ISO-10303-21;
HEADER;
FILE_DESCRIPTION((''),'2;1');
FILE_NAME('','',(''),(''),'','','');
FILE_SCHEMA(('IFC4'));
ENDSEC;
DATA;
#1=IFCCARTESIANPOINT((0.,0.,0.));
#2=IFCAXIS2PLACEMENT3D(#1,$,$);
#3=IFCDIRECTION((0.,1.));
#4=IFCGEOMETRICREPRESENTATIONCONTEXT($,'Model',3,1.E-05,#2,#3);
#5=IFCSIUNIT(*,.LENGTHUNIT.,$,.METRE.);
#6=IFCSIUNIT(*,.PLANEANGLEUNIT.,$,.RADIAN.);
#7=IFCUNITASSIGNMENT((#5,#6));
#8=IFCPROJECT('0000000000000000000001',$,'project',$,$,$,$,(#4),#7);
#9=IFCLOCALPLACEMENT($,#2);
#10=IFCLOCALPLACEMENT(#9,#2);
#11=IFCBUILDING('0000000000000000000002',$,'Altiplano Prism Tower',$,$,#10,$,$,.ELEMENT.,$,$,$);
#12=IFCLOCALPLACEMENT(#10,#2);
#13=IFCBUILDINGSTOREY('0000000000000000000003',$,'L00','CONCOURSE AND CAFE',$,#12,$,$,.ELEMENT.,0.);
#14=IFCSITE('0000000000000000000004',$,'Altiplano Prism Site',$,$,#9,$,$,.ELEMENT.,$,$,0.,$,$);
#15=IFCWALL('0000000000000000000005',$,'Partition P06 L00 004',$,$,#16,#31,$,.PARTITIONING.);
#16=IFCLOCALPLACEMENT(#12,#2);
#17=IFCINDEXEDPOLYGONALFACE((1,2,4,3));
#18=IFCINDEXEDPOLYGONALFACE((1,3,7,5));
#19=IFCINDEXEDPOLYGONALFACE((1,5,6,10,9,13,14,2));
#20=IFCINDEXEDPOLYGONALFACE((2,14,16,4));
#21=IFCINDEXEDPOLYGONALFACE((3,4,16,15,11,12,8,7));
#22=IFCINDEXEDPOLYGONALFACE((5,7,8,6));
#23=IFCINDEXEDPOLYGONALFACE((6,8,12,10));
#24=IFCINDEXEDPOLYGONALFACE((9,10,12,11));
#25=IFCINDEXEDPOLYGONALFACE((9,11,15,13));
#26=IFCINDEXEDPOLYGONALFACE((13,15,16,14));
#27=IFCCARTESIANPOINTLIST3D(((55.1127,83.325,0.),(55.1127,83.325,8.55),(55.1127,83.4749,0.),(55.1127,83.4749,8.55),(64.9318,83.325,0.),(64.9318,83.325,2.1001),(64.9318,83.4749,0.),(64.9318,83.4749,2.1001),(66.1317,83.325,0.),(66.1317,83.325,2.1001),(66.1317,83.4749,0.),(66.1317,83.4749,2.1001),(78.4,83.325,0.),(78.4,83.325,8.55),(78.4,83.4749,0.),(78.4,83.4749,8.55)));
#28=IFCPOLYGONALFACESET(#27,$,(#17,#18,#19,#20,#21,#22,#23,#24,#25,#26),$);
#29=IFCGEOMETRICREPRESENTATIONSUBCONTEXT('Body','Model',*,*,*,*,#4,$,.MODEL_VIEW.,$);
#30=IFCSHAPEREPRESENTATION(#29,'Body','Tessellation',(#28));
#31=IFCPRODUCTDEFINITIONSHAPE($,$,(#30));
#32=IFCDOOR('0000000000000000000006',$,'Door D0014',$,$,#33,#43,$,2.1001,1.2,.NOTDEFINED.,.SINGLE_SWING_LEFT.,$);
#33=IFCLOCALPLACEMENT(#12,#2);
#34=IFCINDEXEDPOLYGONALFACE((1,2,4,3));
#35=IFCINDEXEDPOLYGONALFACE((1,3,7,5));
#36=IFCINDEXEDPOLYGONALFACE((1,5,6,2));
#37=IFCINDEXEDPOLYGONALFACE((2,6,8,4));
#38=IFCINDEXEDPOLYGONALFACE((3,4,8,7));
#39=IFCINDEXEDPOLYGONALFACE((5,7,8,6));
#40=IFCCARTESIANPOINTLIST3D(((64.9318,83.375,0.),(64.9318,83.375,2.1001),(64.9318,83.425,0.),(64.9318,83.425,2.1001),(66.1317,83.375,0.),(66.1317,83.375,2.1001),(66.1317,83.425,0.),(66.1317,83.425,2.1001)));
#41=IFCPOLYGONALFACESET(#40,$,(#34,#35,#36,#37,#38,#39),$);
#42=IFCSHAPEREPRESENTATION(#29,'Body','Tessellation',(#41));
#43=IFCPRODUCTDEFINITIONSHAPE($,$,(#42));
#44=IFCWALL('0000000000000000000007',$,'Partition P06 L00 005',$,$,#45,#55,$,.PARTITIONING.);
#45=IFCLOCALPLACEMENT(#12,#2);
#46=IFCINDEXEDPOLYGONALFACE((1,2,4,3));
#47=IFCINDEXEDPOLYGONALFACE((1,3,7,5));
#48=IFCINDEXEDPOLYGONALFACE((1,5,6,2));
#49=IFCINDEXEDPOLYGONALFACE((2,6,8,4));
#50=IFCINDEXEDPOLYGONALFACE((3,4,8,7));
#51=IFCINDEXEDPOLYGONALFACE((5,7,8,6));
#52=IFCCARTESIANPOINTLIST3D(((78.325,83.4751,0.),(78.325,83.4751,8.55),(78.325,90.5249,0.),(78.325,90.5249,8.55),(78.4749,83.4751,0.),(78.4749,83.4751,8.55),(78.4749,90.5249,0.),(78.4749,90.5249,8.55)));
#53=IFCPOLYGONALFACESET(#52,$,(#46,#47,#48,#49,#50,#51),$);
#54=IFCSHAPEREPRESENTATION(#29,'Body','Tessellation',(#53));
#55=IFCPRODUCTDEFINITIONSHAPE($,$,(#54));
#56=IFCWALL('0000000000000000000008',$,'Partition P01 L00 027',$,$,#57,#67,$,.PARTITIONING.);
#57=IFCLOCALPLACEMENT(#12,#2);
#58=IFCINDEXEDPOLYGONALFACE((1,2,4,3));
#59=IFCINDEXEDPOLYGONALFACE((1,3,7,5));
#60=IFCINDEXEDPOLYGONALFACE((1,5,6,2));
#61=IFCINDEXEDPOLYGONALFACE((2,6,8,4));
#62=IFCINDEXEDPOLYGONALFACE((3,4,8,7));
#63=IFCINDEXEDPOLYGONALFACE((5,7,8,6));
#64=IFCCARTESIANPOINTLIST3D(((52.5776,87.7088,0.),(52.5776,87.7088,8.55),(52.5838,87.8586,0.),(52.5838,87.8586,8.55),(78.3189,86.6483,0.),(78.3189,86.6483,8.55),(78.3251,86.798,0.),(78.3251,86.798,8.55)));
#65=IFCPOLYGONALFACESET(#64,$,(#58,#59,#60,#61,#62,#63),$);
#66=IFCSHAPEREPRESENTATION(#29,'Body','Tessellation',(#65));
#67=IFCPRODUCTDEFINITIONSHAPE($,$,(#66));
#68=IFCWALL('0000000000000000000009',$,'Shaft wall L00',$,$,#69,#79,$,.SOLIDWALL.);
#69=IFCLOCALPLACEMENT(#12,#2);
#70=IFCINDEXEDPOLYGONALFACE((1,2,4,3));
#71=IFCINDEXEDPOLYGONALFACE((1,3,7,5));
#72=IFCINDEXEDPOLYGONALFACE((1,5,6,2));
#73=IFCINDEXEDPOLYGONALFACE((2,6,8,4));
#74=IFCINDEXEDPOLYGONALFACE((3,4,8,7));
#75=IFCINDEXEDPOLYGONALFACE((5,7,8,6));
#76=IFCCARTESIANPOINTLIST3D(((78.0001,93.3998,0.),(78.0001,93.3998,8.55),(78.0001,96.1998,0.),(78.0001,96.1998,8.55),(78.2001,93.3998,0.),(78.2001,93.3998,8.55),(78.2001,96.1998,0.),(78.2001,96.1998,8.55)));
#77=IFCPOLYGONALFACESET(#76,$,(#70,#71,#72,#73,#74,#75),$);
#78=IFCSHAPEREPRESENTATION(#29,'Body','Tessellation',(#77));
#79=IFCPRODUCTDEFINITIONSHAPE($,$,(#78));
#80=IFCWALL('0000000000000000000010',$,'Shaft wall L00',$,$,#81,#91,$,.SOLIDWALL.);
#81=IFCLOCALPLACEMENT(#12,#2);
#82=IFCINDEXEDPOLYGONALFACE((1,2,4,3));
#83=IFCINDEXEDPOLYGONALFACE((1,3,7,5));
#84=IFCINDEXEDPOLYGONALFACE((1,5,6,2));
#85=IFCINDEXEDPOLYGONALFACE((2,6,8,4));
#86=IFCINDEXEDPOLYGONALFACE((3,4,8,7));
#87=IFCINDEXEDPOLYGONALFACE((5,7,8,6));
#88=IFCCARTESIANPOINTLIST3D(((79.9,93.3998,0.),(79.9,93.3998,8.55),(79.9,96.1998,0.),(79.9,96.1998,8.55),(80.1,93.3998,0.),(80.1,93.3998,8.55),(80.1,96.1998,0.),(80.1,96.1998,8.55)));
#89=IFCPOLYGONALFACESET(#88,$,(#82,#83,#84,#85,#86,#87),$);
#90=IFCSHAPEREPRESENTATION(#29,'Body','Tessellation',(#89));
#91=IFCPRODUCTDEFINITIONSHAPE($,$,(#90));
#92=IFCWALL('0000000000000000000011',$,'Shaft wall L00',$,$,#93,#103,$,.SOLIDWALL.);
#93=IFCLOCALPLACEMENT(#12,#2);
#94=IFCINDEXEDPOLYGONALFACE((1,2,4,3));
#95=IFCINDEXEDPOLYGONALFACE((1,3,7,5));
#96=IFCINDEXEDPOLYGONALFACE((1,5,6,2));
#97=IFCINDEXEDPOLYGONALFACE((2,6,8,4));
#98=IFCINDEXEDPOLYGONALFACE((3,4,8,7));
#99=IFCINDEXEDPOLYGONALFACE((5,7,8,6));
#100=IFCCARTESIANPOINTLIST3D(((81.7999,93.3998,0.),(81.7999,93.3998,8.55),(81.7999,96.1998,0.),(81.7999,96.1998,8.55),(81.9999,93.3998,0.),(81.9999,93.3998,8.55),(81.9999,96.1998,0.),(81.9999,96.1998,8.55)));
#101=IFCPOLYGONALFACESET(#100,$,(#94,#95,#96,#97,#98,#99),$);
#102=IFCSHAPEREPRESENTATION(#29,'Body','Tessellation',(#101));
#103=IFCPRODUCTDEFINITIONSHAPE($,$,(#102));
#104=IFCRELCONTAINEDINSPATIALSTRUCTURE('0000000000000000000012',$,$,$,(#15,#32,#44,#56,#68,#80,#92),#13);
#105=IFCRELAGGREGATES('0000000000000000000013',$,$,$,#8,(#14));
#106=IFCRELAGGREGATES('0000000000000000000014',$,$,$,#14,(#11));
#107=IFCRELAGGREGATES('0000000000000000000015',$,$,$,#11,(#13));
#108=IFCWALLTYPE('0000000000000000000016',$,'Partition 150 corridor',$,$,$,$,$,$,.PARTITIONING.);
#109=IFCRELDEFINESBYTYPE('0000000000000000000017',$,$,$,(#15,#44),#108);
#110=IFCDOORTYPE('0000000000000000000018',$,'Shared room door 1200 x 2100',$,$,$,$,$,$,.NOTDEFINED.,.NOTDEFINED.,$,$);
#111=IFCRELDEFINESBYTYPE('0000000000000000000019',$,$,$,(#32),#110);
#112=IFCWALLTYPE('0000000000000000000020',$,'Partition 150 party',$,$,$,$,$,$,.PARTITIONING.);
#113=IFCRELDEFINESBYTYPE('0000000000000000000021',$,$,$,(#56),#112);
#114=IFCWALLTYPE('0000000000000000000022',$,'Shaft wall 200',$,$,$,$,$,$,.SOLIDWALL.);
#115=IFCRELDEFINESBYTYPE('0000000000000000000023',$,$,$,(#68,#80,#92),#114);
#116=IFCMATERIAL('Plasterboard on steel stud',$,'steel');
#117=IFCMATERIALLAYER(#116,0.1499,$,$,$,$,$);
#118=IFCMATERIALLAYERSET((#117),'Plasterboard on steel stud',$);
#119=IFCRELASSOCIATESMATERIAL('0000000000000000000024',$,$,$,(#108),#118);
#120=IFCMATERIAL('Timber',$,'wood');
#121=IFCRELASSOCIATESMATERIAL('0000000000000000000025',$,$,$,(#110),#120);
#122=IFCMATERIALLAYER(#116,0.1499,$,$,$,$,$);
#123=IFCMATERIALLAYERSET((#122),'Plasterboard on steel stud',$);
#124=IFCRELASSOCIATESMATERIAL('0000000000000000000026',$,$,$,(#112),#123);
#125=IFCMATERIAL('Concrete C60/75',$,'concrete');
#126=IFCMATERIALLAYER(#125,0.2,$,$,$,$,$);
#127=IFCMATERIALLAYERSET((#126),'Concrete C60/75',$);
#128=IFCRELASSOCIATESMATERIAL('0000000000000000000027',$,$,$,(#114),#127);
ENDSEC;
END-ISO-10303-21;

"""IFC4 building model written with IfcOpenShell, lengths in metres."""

from ifc_helpers import new_model, si_unit, direction, frame, frame_2d, origin, place, context, subcontext, project, spatial, rectangle, extrude, material, layer, layer_set, type_object, element, fill, save


model = new_model("IFC4")

# Units and contexts
model_context = context("Model", 3, precision=1e-05, world=origin(), true_north=direction((0.0, 1.0)))
body_context = subcontext(model_context, "Body", "Model", "MODEL_VIEW")
ifc_project = project(units=[si_unit("LENGTHUNIT", "METRE"), si_unit("PLANEANGLEUNIT", "RADIAN")], contexts=[model_context])

# Site, building, storey
site_placement = place(None, origin())
site = spatial("IfcSite", under=ifc_project, at=site_placement, Name="Altiplano Prism Site", CompositionType="ELEMENT", RefElevation=0.0)
building_placement = place(site_placement, origin())
building = spatial("IfcBuilding", under=site, at=building_placement, Name="Altiplano Prism Tower", CompositionType="ELEMENT")
storey_placement = place(building_placement, origin())
storey = spatial("IfcBuildingStorey", under=building, at=storey_placement, Name="L00", Description="CONCOURSE AND CAFE", CompositionType="ELEMENT", Elevation=0.0)

# Wall, opening, door
ifc_material_1 = material(Name="Plasterboard on steel stud", Category="steel")
ifc_layer_1 = layer(ifc_material_1, 0.1499)
ifc_layer_set_1 = layer_set([ifc_layer_1], Name="Plasterboard on steel stud")
wall_type_1 = type_object("IfcWallType", Name="Partition 150 corridor", PredefinedType="PARTITIONING", material=ifc_layer_set_1)
wall_1_placement = place(storey_placement, frame((78.3999, 83.3999, 0.0), z_axis=(0.0, 0.0, 1.0), x_axis=(-1.0, 0.0, 0.0)))
wall_1 = element("IfcWall", 1, at=wall_1_placement, inside=storey, type_object=wall_type_1, Name="Partition P06 L00 004", PredefinedType="PARTITIONING", context=body_context, shape_type="SweptSolid", body=[
    extrude(rectangle(XDim=23.2874, YDim=0.1499, at=frame_2d((11.6436, 0.0))), origin(), (0.0, 0.0, 1.0), 8.55),
])
opening_1_placement = place(wall_1_placement, frame((12.2681, 0.0, 0.0)))
opening_1 = element("IfcOpeningElement", 2, at=opening_1_placement, cuts=wall_1, PredefinedType="OPENING", context=body_context, shape_type="SweptSolid", body=[
    extrude(rectangle(XDim=1.2, YDim=2.1001, at=frame_2d((0.6001, 1.05))), frame((0.0, 0.0854, 0.0), z_axis=(0.0, -1.0, 0.0), x_axis=(1.0, 0.0, 0.0)), (0.0, 0.0, 1.0), 0.1709),
])
ifc_material_2 = material(Name="Timber", Category="wood")
door_type_1 = type_object("IfcDoorType", Name="Shared room door 1200 x 2100", OperationType="NOTDEFINED", PredefinedType="NOTDEFINED", material=ifc_material_2)
door_1_placement = place(opening_1_placement, origin())
door_1 = element("IfcDoor", 3, at=door_1_placement, inside=storey, type_object=door_type_1, Name="Door D0014", OperationType="SINGLE_SWING_LEFT", OverallHeight=2.1001, OverallWidth=1.2, PredefinedType="NOTDEFINED", context=body_context, shape_type="SweptSolid", body=[
    extrude(rectangle(XDim=1.2, YDim=2.1001, at=frame_2d((0.6001, 1.05))), frame((0.0, 0.0249, 0.0), z_axis=(0.0, -1.0, 0.0), x_axis=(1.0, 0.0, 0.0)), (0.0, 0.0, 1.0), 0.05),
])
fill(opening_1, door_1)

# Walls
wall_2_placement = place(storey_placement, frame((78.3999, 90.5249, 0.0), z_axis=(0.0, 0.0, 1.0), x_axis=(0.0, -1.0, 0.0)))
element("IfcWall", 4, at=wall_2_placement, inside=storey, type_object=wall_type_1, Name="Partition P06 L00 005", PredefinedType="PARTITIONING", context=body_context, shape_type="SweptSolid", body=[
    extrude(rectangle(XDim=7.0498, YDim=0.1499, at=frame_2d((3.5249, 0.0))), origin(), (0.0, 0.0, 1.0), 8.55),
])
ifc_layer_2 = layer(ifc_material_1, 0.1499)
ifc_layer_set_2 = layer_set([ifc_layer_2], Name="Plasterboard on steel stud")
wall_type_2 = type_object("IfcWallType", Name="Partition 150 party", PredefinedType="PARTITIONING", material=ifc_layer_set_2)
wall_3_placement = place(storey_placement, frame((78.322, 86.7231, 0.0), z_axis=(0.0, 0.0, 1.0), x_axis=(-0.999152, 0.041165, 0.0)))
element("IfcWall", 5, at=wall_3_placement, inside=storey, type_object=wall_type_2, Name="Partition P01 L00 027", PredefinedType="PARTITIONING", context=body_context, shape_type="SweptSolid", body=[
    extrude(rectangle(XDim=25.7632, YDim=0.1499, at=frame_2d((12.8816, 0.0))), origin(), (0.0, 0.0, 1.0), 8.55),
])
ifc_material_3 = material(Name="Concrete C60/75", Category="concrete")
ifc_layer_3 = layer(ifc_material_3, 0.2)
ifc_layer_set_3 = layer_set([ifc_layer_3], Name="Concrete C60/75")
wall_type_3 = type_object("IfcWallType", Name="Shaft wall 200", PredefinedType="SOLIDWALL", material=ifc_layer_set_3)
for number, where, z_axis, x_axis, name in (
    (6, (78.1001, 93.3999, 0.0), (0.0, 0.0, 1.0), (0.0, 1.0, 0.0), "Shaft wall L00"),
    (7, (80.0, 93.3999, 0.0), (0.0, 0.0, 1.0), (0.0, 1.0, 0.0), "Shaft wall L00"),
    (8, (81.8999, 93.3999, 0.0), (0.0, 0.0, 1.0), (0.0, 1.0, 0.0), "Shaft wall L00"),
):
    element("IfcWall", number, at=place(storey_placement, frame(where, z_axis=z_axis, x_axis=x_axis)), inside=storey, type_object=wall_type_3, Name=name, PredefinedType="SOLIDWALL", context=body_context, shape_type="SweptSolid", body=[
        extrude(rectangle(XDim=2.8, YDim=0.2, at=frame_2d((1.3999, 0.0))), origin(), (0.0, 0.0, 1.0), 8.55),
    ])

save(model, "model.ifc")
